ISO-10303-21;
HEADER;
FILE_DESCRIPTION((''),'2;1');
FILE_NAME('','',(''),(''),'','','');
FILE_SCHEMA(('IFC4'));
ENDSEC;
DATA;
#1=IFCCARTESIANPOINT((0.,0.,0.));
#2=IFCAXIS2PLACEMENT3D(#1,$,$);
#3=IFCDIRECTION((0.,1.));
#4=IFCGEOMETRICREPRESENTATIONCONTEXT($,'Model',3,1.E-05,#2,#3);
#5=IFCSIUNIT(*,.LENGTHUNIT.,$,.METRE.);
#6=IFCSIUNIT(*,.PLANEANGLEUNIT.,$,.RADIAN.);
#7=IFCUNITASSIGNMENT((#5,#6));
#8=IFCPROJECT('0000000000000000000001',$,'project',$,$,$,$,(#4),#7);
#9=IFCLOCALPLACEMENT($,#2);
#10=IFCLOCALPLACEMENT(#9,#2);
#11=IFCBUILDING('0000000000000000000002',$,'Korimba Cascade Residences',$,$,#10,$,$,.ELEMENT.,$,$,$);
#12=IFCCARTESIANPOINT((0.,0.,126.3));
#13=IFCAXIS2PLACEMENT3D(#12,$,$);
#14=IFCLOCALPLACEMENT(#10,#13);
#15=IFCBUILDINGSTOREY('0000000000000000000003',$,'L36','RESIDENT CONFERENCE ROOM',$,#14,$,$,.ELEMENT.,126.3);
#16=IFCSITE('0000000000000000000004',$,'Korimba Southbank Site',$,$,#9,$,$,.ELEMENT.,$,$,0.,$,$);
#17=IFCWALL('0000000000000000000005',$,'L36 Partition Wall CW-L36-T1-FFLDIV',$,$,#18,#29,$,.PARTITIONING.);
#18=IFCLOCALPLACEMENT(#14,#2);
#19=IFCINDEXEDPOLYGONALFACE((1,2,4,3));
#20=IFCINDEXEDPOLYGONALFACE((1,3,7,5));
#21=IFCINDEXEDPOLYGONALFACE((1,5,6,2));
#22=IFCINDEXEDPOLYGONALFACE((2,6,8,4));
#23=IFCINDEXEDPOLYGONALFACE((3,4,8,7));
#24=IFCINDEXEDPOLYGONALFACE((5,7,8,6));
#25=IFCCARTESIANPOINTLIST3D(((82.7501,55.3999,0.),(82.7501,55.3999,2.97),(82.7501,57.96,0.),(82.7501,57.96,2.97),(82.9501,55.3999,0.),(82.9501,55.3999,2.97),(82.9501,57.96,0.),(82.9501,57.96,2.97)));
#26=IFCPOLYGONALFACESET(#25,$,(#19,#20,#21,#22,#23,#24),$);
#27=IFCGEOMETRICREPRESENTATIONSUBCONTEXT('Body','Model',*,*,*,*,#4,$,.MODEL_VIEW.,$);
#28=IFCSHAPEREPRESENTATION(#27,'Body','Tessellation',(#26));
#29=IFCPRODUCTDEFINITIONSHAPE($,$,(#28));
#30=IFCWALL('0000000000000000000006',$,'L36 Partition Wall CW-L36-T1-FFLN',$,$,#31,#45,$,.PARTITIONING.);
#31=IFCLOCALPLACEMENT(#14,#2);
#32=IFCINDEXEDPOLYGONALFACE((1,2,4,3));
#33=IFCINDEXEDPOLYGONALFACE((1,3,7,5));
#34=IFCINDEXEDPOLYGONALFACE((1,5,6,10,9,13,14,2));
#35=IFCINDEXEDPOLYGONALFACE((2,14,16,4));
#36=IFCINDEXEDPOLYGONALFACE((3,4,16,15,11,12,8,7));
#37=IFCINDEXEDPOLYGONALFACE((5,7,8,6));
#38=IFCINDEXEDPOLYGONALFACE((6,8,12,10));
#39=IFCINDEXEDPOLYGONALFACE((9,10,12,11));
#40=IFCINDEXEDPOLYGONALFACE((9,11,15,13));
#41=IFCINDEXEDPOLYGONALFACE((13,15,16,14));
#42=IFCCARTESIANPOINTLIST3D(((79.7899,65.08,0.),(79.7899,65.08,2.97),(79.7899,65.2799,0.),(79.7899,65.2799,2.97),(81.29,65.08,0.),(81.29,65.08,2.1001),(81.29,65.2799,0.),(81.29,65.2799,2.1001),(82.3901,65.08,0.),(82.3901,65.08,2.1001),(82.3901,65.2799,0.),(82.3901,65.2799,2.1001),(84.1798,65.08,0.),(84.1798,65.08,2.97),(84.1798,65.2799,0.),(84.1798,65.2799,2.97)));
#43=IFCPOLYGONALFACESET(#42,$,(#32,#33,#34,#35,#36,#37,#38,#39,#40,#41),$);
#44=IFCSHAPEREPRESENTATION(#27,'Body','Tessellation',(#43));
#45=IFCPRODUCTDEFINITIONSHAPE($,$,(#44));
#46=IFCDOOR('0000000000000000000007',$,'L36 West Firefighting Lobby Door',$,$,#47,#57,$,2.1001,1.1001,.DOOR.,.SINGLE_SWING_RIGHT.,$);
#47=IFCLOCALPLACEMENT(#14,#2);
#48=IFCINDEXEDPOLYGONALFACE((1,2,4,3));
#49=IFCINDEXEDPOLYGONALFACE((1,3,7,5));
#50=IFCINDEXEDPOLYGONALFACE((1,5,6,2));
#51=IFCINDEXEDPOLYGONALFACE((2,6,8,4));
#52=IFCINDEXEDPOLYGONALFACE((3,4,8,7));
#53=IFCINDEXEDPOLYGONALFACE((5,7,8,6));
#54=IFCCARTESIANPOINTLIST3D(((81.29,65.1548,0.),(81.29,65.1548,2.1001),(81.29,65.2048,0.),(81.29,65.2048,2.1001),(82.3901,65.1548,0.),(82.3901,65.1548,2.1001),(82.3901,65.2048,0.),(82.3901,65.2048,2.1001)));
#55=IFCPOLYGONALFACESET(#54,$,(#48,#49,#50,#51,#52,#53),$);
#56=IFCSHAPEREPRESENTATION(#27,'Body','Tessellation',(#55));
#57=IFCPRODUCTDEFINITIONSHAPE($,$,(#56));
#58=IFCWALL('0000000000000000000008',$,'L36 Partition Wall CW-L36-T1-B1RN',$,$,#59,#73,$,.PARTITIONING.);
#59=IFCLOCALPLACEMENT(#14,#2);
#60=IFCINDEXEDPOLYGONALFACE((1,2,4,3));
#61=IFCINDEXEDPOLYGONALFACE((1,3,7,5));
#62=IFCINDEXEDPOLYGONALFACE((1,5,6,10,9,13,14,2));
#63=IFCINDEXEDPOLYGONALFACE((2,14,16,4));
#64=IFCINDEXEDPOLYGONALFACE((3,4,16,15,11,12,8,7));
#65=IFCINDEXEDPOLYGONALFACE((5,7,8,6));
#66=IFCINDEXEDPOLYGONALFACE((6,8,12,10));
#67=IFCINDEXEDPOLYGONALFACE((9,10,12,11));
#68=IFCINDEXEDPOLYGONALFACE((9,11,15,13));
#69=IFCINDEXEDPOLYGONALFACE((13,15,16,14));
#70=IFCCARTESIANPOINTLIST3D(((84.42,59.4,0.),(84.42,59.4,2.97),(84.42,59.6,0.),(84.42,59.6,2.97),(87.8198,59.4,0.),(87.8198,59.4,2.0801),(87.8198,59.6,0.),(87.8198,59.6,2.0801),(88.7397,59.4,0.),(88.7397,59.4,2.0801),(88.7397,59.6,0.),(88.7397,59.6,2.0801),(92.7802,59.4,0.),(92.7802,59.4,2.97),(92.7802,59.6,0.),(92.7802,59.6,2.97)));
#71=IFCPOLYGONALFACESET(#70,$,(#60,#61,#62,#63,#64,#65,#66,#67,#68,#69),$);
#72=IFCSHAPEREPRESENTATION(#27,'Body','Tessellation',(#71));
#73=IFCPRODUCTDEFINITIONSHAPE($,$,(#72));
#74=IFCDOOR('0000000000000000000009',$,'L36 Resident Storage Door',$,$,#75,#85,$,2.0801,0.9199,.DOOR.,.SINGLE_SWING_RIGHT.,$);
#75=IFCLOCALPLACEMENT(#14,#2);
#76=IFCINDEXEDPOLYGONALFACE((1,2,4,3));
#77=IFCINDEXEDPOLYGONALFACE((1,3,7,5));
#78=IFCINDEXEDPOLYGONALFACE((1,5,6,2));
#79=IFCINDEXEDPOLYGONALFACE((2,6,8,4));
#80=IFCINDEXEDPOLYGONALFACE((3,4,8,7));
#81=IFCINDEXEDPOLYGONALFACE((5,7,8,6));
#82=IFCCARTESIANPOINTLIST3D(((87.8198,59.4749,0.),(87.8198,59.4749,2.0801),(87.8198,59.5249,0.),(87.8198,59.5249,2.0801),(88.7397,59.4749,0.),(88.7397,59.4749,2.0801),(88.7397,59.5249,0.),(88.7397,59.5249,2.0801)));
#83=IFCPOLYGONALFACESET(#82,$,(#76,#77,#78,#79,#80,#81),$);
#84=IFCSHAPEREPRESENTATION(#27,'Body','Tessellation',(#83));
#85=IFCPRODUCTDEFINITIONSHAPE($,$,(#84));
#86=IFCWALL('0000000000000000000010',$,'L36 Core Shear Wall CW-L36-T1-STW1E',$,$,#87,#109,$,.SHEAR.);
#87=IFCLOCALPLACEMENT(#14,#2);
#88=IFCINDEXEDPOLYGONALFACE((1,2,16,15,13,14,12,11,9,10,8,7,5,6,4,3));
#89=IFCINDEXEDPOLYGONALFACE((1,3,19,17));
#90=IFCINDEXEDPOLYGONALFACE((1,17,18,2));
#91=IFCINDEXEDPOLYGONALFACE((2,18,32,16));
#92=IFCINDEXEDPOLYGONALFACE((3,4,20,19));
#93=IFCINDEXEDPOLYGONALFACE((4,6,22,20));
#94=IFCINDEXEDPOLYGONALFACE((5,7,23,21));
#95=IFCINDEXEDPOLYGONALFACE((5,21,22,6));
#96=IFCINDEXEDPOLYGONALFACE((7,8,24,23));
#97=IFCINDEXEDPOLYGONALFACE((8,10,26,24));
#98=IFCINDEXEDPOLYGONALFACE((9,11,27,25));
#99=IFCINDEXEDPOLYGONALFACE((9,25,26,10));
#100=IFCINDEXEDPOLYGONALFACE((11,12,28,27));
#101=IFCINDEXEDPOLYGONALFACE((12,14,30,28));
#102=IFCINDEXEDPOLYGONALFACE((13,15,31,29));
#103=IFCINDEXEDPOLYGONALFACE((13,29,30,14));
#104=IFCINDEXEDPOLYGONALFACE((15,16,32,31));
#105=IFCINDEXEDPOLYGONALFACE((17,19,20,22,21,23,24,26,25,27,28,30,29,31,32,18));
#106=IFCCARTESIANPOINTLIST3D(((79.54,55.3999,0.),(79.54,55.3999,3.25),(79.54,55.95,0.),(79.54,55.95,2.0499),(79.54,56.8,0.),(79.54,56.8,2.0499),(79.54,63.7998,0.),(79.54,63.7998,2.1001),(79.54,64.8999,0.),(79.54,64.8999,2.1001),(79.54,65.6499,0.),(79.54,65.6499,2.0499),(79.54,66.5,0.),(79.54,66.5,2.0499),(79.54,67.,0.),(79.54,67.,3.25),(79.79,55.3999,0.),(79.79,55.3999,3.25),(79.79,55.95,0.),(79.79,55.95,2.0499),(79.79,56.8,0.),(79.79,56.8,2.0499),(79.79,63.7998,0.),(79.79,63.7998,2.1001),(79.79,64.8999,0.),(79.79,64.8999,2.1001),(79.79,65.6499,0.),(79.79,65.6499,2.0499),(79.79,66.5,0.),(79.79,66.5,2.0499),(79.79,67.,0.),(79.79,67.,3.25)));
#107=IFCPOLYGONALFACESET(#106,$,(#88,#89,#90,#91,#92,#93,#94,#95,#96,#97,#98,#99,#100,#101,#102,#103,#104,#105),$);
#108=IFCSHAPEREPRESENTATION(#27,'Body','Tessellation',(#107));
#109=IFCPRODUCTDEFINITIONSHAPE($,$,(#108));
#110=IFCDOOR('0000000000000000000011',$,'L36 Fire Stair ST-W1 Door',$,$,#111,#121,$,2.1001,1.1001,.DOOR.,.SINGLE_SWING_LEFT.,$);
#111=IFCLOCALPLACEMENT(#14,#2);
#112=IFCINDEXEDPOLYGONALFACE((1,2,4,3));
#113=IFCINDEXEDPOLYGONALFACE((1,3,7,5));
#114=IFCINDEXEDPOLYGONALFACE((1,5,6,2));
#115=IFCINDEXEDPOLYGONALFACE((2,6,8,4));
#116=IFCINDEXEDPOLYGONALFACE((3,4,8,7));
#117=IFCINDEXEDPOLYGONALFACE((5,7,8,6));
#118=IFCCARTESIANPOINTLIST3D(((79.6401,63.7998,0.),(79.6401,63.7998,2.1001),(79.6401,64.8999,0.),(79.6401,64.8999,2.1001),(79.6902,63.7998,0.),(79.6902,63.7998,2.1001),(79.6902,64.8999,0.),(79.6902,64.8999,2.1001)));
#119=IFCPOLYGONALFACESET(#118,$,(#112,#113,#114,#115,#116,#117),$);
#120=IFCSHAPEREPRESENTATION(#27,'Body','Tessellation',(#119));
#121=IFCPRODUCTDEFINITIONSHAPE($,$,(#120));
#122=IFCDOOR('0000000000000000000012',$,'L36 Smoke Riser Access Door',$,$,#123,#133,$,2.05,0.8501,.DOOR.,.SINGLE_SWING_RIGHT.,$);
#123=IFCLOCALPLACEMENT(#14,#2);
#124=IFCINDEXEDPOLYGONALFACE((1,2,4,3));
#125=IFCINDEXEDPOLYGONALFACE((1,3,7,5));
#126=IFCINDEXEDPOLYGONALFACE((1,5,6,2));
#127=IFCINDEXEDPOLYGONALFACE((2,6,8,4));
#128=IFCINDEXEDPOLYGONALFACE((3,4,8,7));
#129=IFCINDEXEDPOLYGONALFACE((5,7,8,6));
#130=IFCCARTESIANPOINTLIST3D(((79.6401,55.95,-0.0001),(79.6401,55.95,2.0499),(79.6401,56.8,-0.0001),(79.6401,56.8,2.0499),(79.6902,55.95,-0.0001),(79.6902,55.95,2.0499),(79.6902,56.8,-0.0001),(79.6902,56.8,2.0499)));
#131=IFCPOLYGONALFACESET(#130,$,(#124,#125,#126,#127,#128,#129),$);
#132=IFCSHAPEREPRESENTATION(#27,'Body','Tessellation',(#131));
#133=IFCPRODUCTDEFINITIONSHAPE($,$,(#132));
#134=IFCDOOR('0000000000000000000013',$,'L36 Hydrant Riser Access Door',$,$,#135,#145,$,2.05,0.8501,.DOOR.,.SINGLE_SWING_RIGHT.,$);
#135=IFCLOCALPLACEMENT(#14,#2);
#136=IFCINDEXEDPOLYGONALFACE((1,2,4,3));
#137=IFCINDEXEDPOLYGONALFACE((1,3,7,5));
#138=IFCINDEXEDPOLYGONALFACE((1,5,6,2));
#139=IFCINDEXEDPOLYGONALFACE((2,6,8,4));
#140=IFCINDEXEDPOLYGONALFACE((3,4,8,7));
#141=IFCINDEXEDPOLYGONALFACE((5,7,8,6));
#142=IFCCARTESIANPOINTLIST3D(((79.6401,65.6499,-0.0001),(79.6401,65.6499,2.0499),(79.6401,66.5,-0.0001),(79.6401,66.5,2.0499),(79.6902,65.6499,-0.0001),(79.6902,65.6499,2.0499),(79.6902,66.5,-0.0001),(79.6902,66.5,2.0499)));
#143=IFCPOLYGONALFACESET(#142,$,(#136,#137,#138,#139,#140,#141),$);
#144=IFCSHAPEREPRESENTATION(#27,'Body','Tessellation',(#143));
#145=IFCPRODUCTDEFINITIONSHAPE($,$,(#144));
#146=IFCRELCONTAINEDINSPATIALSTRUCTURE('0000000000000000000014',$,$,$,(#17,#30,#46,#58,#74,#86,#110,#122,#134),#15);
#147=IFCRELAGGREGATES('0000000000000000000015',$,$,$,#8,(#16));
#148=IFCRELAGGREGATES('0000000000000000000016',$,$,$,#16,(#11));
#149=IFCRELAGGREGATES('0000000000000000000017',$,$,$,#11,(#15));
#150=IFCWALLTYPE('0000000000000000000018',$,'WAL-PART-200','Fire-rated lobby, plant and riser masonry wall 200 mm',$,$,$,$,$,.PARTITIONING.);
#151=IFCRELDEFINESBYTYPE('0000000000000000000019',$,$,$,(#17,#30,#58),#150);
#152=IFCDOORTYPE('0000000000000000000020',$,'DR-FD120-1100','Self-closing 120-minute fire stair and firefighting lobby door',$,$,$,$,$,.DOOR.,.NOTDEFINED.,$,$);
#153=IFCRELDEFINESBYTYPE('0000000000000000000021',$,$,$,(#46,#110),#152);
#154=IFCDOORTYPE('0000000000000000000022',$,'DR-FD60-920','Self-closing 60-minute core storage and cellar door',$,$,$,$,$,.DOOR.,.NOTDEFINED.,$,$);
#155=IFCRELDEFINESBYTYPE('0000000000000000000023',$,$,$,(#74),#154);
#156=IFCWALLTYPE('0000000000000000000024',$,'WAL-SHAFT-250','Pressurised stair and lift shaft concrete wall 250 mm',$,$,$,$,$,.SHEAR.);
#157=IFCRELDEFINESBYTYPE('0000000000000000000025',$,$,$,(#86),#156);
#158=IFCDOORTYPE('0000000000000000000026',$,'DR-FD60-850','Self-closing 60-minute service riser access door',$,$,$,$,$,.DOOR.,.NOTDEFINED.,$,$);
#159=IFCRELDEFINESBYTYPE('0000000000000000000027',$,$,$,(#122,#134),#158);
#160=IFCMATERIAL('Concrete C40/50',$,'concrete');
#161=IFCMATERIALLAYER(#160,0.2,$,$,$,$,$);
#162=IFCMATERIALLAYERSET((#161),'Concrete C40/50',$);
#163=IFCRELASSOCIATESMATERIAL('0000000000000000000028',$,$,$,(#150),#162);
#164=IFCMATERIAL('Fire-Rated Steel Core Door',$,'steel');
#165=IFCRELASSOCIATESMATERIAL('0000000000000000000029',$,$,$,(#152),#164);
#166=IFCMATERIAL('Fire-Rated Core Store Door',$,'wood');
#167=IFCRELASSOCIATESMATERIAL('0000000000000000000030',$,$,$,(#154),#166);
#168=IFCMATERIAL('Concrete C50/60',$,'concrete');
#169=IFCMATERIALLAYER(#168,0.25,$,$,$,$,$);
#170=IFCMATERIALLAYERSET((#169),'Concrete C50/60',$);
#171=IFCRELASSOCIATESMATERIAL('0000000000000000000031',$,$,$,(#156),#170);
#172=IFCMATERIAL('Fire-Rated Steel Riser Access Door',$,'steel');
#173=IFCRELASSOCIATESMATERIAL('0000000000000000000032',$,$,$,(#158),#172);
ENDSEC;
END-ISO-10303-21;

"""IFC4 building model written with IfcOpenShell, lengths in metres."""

from ifc_helpers import new_model, si_unit, direction, frame, frame_2d, origin, place, context, subcontext, project, spatial, rectangle, extrude, material, layer, layer_set, type_object, element, fill, save


model = new_model("IFC4")

# Units and contexts
model_context = context("Model", 3, precision=1e-05, world=origin(), true_north=direction((0.0, 1.0)))
body_context = subcontext(model_context, "Body", "Model", "MODEL_VIEW")
ifc_project = project(units=[si_unit("LENGTHUNIT", "METRE"), si_unit("PLANEANGLEUNIT", "RADIAN")], contexts=[model_context])

# Site, building, storey
site_placement = place(None, origin())
site = spatial("IfcSite", under=ifc_project, at=site_placement, Name="Korimba Southbank Site", CompositionType="ELEMENT", RefElevation=0.0)
building_placement = place(site_placement, origin())
building = spatial("IfcBuilding", under=site, at=building_placement, Name="Korimba Cascade Residences", CompositionType="ELEMENT")
storey_placement = place(building_placement, frame((0.0, 0.0, 126.3)))
storey = spatial("IfcBuildingStorey", under=building, at=storey_placement, Name="L36", Description="RESIDENT CONFERENCE ROOM", CompositionType="ELEMENT", Elevation=126.3)

# Wall
ifc_material_1 = material(Name="Concrete C40/50", Category="concrete")
ifc_layer_1 = layer(ifc_material_1, 0.2)
ifc_layer_set_1 = layer_set([ifc_layer_1], Name="Concrete C40/50")
wall_type_1 = type_object("IfcWallType", Name="WAL-PART-200", Description="Fire-rated lobby, plant and riser masonry wall 200 mm", PredefinedType="PARTITIONING", material=ifc_layer_set_1)
wall_1_placement = place(storey_placement, frame((82.8501, 55.3999, 0.0), z_axis=(0.0, 0.0, 1.0), x_axis=(0.0, 1.0, 0.0)))
element("IfcWall", 1, at=wall_1_placement, inside=storey, type_object=wall_type_1, Name="L36 Partition Wall CW-L36-T1-FFLDIV", PredefinedType="PARTITIONING", context=body_context, shape_type="SweptSolid", body=[
    extrude(rectangle(XDim=2.5601, YDim=0.2, at=frame_2d((1.28, 0.0))), origin(), (0.0, 0.0, 1.0), 2.97),
])

# Walls, openings, doors
wall_2_placement = place(storey_placement, frame((79.79, 65.1799, 0.0), z_axis=(0.0, 0.0, 1.0), x_axis=(1.0, 0.0, 0.0)))
wall_2 = element("IfcWall", 2, at=wall_2_placement, inside=storey, type_object=wall_type_1, Name="L36 Partition Wall CW-L36-T1-FFLN", PredefinedType="PARTITIONING", context=body_context, shape_type="SweptSolid", body=[
    extrude(rectangle(XDim=4.3899, YDim=0.2, at=frame_2d((2.1948, 0.0))), origin(), (0.0, 0.0, 1.0), 2.97),
])
opening_1_placement = place(wall_2_placement, frame((1.5, 0.0, 0.0)))
opening_1 = element("IfcOpeningElement", 3, at=opening_1_placement, cuts=wall_2, PredefinedType="OPENING", context=body_context, shape_type="SweptSolid", body=[
    extrude(rectangle(XDim=1.1001, YDim=2.1001, at=frame_2d((0.55, 1.05))), frame((0.0, 0.1099, 0.0), z_axis=(0.0, -1.0, 0.0), x_axis=(1.0, 0.0, 0.0)), (0.0, 0.0, 1.0), 0.22),
])
ifc_material_2 = material(Name="Fire-Rated Steel Core Door", Category="steel")
door_type_1 = type_object("IfcDoorType", Name="DR-FD120-1100", Description="Self-closing 120-minute fire stair and firefighting lobby door", OperationType="NOTDEFINED", PredefinedType="DOOR", material=ifc_material_2)
door_1_placement = place(opening_1_placement, origin())
door_1 = element("IfcDoor", 4, at=door_1_placement, inside=storey, type_object=door_type_1, Name="L36 West Firefighting Lobby Door", OperationType="SINGLE_SWING_RIGHT", OverallHeight=2.1001, OverallWidth=1.1001, PredefinedType="DOOR", context=body_context, shape_type="SweptSolid", body=[
    extrude(rectangle(XDim=1.1001, YDim=2.1001, at=frame_2d((0.55, 1.05))), frame((0.0, 0.0249, 0.0), z_axis=(0.0, -1.0, 0.0), x_axis=(1.0, 0.0, 0.0)), (0.0, 0.0, 1.0), 0.05),
])
fill(opening_1, door_1)
wall_3_placement = place(storey_placement, frame((84.4199, 59.5, 0.0), z_axis=(0.0, 0.0, 1.0), x_axis=(1.0, 0.0, 0.0)))
wall_3 = element("IfcWall", 5, at=wall_3_placement, inside=storey, type_object=wall_type_1, Name="L36 Partition Wall CW-L36-T1-B1RN", PredefinedType="PARTITIONING", context=body_context, shape_type="SweptSolid", body=[
    extrude(rectangle(XDim=8.3601, YDim=0.2, at=frame_2d((4.1802, 0.0))), origin(), (0.0, 0.0, 1.0), 2.97),
])
opening_2_placement = place(wall_3_placement, frame((3.3999, 0.0, 0.0)))
opening_2 = element("IfcOpeningElement", 6, at=opening_2_placement, cuts=wall_3, PredefinedType="OPENING", context=body_context, shape_type="SweptSolid", body=[
    extrude(rectangle(XDim=0.9199, YDim=2.0801, at=frame_2d((0.46, 1.04))), frame((0.0, 0.1099, 0.0), z_axis=(0.0, -1.0, 0.0), x_axis=(1.0, 0.0, 0.0)), (0.0, 0.0, 1.0), 0.22),
])
ifc_material_3 = material(Name="Fire-Rated Core Store Door", Category="wood")
door_type_2 = type_object("IfcDoorType", Name="DR-FD60-920", Description="Self-closing 60-minute core storage and cellar door", OperationType="NOTDEFINED", PredefinedType="DOOR", material=ifc_material_3)
door_2_placement = place(opening_2_placement, origin())
door_2 = element("IfcDoor", 7, at=door_2_placement, inside=storey, type_object=door_type_2, Name="L36 Resident Storage Door", OperationType="SINGLE_SWING_RIGHT", OverallHeight=2.0801, OverallWidth=0.9199, PredefinedType="DOOR", context=body_context, shape_type="SweptSolid", body=[
    extrude(rectangle(XDim=0.9199, YDim=2.0801, at=frame_2d((0.46, 1.04))), frame((0.0, 0.0249, 0.0), z_axis=(0.0, -1.0, 0.0), x_axis=(1.0, 0.0, 0.0)), (0.0, 0.0, 1.0), 0.05),
])
fill(opening_2, door_2)

# Wall, openings, doors
ifc_material_4 = material(Name="Concrete C50/60", Category="concrete")
ifc_layer_2 = layer(ifc_material_4, 0.25)
ifc_layer_set_2 = layer_set([ifc_layer_2], Name="Concrete C50/60")
wall_type_2 = type_object("IfcWallType", Name="WAL-SHAFT-250", Description="Pressurised stair and lift shaft concrete wall 250 mm", PredefinedType="SHEAR", material=ifc_layer_set_2)
wall_4_placement = place(storey_placement, frame((79.665, 55.3999, 0.0), z_axis=(0.0, 0.0, 1.0), x_axis=(0.0, 1.0, 0.0)))
wall_4 = element("IfcWall", 8, at=wall_4_placement, inside=storey, type_object=wall_type_2, Name="L36 Core Shear Wall CW-L36-T1-STW1E", PredefinedType="SHEAR", context=body_context, shape_type="SweptSolid", body=[
    extrude(rectangle(XDim=11.6001, YDim=0.25, at=frame_2d((5.8, 0.0))), origin(), (0.0, 0.0, 1.0), 3.25),
])
opening_3_placement = place(wall_4_placement, frame((0.55, 0.0, 0.0)))
opening_3 = element("IfcOpeningElement", 9, at=opening_3_placement, cuts=wall_4, PredefinedType="OPENING", context=body_context, shape_type="SweptSolid", body=[
    extrude(rectangle(XDim=0.8501, YDim=2.05, at=frame_2d((0.425, 1.0249))), frame((0.0, 0.135, 0.0), z_axis=(0.0, -1.0, 0.0), x_axis=(1.0, 0.0, 0.0)), (0.0, 0.0, 1.0), 0.27),
])
opening_4_placement = place(wall_4_placement, frame((8.3999, 0.0, 0.0)))
opening_4 = element("IfcOpeningElement", 10, at=opening_4_placement, cuts=wall_4, PredefinedType="OPENING", context=body_context, shape_type="SweptSolid", body=[
    extrude(rectangle(XDim=1.1001, YDim=2.1001, at=frame_2d((0.55, 1.05))), frame((0.0, 0.135, 0.0), z_axis=(0.0, -1.0, 0.0), x_axis=(1.0, 0.0, 0.0)), (0.0, 0.0, 1.0), 0.27),
])
opening_5_placement = place(wall_4_placement, frame((10.25, 0.0, 0.0)))
opening_5 = element("IfcOpeningElement", 11, at=opening_5_placement, cuts=wall_4, PredefinedType="OPENING", context=body_context, shape_type="SweptSolid", body=[
    extrude(rectangle(XDim=0.8501, YDim=2.05, at=frame_2d((0.425, 1.0249))), frame((0.0, 0.135, 0.0), z_axis=(0.0, -1.0, 0.0), x_axis=(1.0, 0.0, 0.0)), (0.0, 0.0, 1.0), 0.27),
])
door_3_placement = place(opening_4_placement, origin())
door_3 = element("IfcDoor", 12, at=door_3_placement, inside=storey, type_object=door_type_1, Name="L36 Fire Stair ST-W1 Door", OperationType="SINGLE_SWING_LEFT", OverallHeight=2.1001, OverallWidth=1.1001, PredefinedType="DOOR", context=body_context, shape_type="SweptSolid", body=[
    extrude(rectangle(XDim=1.1001, YDim=2.1001, at=frame_2d((0.55, 1.05))), frame((0.0, 0.0249, 0.0), z_axis=(0.0, -1.0, 0.0), x_axis=(1.0, 0.0, 0.0)), (0.0, 0.0, 1.0), 0.05),
])
fill(opening_4, door_3)
ifc_material_5 = material(Name="Fire-Rated Steel Riser Access Door", Category="steel")
door_type_3 = type_object("IfcDoorType", Name="DR-FD60-850", Description="Self-closing 60-minute service riser access door", OperationType="NOTDEFINED", PredefinedType="DOOR", material=ifc_material_5)
door_4_placement = place(opening_3_placement, origin())
door_4 = element("IfcDoor", 13, at=door_4_placement, inside=storey, type_object=door_type_3, Name="L36 Smoke Riser Access Door", OperationType="SINGLE_SWING_RIGHT", OverallHeight=2.05, OverallWidth=0.8501, PredefinedType="DOOR", context=body_context, shape_type="SweptSolid", body=[
    extrude(rectangle(XDim=0.8501, YDim=2.05, at=frame_2d((0.425, 1.0249))), frame((0.0, 0.0249, 0.0), z_axis=(0.0, -1.0, 0.0), x_axis=(1.0, 0.0, 0.0)), (0.0, 0.0, 1.0), 0.05),
])
fill(opening_3, door_4)
door_5_placement = place(opening_5_placement, origin())
door_5 = element("IfcDoor", 14, at=door_5_placement, inside=storey, type_object=door_type_3, Name="L36 Hydrant Riser Access Door", OperationType="SINGLE_SWING_RIGHT", OverallHeight=2.05, OverallWidth=0.8501, PredefinedType="DOOR", context=body_context, shape_type="SweptSolid", body=[
    extrude(rectangle(XDim=0.8501, YDim=2.05, at=frame_2d((0.425, 1.0249))), frame((0.0, 0.0249, 0.0), z_axis=(0.0, -1.0, 0.0), x_axis=(1.0, 0.0, 0.0)), (0.0, 0.0, 1.0), 0.05),
])
fill(opening_5, door_5)

save(model, "model.ifc")
